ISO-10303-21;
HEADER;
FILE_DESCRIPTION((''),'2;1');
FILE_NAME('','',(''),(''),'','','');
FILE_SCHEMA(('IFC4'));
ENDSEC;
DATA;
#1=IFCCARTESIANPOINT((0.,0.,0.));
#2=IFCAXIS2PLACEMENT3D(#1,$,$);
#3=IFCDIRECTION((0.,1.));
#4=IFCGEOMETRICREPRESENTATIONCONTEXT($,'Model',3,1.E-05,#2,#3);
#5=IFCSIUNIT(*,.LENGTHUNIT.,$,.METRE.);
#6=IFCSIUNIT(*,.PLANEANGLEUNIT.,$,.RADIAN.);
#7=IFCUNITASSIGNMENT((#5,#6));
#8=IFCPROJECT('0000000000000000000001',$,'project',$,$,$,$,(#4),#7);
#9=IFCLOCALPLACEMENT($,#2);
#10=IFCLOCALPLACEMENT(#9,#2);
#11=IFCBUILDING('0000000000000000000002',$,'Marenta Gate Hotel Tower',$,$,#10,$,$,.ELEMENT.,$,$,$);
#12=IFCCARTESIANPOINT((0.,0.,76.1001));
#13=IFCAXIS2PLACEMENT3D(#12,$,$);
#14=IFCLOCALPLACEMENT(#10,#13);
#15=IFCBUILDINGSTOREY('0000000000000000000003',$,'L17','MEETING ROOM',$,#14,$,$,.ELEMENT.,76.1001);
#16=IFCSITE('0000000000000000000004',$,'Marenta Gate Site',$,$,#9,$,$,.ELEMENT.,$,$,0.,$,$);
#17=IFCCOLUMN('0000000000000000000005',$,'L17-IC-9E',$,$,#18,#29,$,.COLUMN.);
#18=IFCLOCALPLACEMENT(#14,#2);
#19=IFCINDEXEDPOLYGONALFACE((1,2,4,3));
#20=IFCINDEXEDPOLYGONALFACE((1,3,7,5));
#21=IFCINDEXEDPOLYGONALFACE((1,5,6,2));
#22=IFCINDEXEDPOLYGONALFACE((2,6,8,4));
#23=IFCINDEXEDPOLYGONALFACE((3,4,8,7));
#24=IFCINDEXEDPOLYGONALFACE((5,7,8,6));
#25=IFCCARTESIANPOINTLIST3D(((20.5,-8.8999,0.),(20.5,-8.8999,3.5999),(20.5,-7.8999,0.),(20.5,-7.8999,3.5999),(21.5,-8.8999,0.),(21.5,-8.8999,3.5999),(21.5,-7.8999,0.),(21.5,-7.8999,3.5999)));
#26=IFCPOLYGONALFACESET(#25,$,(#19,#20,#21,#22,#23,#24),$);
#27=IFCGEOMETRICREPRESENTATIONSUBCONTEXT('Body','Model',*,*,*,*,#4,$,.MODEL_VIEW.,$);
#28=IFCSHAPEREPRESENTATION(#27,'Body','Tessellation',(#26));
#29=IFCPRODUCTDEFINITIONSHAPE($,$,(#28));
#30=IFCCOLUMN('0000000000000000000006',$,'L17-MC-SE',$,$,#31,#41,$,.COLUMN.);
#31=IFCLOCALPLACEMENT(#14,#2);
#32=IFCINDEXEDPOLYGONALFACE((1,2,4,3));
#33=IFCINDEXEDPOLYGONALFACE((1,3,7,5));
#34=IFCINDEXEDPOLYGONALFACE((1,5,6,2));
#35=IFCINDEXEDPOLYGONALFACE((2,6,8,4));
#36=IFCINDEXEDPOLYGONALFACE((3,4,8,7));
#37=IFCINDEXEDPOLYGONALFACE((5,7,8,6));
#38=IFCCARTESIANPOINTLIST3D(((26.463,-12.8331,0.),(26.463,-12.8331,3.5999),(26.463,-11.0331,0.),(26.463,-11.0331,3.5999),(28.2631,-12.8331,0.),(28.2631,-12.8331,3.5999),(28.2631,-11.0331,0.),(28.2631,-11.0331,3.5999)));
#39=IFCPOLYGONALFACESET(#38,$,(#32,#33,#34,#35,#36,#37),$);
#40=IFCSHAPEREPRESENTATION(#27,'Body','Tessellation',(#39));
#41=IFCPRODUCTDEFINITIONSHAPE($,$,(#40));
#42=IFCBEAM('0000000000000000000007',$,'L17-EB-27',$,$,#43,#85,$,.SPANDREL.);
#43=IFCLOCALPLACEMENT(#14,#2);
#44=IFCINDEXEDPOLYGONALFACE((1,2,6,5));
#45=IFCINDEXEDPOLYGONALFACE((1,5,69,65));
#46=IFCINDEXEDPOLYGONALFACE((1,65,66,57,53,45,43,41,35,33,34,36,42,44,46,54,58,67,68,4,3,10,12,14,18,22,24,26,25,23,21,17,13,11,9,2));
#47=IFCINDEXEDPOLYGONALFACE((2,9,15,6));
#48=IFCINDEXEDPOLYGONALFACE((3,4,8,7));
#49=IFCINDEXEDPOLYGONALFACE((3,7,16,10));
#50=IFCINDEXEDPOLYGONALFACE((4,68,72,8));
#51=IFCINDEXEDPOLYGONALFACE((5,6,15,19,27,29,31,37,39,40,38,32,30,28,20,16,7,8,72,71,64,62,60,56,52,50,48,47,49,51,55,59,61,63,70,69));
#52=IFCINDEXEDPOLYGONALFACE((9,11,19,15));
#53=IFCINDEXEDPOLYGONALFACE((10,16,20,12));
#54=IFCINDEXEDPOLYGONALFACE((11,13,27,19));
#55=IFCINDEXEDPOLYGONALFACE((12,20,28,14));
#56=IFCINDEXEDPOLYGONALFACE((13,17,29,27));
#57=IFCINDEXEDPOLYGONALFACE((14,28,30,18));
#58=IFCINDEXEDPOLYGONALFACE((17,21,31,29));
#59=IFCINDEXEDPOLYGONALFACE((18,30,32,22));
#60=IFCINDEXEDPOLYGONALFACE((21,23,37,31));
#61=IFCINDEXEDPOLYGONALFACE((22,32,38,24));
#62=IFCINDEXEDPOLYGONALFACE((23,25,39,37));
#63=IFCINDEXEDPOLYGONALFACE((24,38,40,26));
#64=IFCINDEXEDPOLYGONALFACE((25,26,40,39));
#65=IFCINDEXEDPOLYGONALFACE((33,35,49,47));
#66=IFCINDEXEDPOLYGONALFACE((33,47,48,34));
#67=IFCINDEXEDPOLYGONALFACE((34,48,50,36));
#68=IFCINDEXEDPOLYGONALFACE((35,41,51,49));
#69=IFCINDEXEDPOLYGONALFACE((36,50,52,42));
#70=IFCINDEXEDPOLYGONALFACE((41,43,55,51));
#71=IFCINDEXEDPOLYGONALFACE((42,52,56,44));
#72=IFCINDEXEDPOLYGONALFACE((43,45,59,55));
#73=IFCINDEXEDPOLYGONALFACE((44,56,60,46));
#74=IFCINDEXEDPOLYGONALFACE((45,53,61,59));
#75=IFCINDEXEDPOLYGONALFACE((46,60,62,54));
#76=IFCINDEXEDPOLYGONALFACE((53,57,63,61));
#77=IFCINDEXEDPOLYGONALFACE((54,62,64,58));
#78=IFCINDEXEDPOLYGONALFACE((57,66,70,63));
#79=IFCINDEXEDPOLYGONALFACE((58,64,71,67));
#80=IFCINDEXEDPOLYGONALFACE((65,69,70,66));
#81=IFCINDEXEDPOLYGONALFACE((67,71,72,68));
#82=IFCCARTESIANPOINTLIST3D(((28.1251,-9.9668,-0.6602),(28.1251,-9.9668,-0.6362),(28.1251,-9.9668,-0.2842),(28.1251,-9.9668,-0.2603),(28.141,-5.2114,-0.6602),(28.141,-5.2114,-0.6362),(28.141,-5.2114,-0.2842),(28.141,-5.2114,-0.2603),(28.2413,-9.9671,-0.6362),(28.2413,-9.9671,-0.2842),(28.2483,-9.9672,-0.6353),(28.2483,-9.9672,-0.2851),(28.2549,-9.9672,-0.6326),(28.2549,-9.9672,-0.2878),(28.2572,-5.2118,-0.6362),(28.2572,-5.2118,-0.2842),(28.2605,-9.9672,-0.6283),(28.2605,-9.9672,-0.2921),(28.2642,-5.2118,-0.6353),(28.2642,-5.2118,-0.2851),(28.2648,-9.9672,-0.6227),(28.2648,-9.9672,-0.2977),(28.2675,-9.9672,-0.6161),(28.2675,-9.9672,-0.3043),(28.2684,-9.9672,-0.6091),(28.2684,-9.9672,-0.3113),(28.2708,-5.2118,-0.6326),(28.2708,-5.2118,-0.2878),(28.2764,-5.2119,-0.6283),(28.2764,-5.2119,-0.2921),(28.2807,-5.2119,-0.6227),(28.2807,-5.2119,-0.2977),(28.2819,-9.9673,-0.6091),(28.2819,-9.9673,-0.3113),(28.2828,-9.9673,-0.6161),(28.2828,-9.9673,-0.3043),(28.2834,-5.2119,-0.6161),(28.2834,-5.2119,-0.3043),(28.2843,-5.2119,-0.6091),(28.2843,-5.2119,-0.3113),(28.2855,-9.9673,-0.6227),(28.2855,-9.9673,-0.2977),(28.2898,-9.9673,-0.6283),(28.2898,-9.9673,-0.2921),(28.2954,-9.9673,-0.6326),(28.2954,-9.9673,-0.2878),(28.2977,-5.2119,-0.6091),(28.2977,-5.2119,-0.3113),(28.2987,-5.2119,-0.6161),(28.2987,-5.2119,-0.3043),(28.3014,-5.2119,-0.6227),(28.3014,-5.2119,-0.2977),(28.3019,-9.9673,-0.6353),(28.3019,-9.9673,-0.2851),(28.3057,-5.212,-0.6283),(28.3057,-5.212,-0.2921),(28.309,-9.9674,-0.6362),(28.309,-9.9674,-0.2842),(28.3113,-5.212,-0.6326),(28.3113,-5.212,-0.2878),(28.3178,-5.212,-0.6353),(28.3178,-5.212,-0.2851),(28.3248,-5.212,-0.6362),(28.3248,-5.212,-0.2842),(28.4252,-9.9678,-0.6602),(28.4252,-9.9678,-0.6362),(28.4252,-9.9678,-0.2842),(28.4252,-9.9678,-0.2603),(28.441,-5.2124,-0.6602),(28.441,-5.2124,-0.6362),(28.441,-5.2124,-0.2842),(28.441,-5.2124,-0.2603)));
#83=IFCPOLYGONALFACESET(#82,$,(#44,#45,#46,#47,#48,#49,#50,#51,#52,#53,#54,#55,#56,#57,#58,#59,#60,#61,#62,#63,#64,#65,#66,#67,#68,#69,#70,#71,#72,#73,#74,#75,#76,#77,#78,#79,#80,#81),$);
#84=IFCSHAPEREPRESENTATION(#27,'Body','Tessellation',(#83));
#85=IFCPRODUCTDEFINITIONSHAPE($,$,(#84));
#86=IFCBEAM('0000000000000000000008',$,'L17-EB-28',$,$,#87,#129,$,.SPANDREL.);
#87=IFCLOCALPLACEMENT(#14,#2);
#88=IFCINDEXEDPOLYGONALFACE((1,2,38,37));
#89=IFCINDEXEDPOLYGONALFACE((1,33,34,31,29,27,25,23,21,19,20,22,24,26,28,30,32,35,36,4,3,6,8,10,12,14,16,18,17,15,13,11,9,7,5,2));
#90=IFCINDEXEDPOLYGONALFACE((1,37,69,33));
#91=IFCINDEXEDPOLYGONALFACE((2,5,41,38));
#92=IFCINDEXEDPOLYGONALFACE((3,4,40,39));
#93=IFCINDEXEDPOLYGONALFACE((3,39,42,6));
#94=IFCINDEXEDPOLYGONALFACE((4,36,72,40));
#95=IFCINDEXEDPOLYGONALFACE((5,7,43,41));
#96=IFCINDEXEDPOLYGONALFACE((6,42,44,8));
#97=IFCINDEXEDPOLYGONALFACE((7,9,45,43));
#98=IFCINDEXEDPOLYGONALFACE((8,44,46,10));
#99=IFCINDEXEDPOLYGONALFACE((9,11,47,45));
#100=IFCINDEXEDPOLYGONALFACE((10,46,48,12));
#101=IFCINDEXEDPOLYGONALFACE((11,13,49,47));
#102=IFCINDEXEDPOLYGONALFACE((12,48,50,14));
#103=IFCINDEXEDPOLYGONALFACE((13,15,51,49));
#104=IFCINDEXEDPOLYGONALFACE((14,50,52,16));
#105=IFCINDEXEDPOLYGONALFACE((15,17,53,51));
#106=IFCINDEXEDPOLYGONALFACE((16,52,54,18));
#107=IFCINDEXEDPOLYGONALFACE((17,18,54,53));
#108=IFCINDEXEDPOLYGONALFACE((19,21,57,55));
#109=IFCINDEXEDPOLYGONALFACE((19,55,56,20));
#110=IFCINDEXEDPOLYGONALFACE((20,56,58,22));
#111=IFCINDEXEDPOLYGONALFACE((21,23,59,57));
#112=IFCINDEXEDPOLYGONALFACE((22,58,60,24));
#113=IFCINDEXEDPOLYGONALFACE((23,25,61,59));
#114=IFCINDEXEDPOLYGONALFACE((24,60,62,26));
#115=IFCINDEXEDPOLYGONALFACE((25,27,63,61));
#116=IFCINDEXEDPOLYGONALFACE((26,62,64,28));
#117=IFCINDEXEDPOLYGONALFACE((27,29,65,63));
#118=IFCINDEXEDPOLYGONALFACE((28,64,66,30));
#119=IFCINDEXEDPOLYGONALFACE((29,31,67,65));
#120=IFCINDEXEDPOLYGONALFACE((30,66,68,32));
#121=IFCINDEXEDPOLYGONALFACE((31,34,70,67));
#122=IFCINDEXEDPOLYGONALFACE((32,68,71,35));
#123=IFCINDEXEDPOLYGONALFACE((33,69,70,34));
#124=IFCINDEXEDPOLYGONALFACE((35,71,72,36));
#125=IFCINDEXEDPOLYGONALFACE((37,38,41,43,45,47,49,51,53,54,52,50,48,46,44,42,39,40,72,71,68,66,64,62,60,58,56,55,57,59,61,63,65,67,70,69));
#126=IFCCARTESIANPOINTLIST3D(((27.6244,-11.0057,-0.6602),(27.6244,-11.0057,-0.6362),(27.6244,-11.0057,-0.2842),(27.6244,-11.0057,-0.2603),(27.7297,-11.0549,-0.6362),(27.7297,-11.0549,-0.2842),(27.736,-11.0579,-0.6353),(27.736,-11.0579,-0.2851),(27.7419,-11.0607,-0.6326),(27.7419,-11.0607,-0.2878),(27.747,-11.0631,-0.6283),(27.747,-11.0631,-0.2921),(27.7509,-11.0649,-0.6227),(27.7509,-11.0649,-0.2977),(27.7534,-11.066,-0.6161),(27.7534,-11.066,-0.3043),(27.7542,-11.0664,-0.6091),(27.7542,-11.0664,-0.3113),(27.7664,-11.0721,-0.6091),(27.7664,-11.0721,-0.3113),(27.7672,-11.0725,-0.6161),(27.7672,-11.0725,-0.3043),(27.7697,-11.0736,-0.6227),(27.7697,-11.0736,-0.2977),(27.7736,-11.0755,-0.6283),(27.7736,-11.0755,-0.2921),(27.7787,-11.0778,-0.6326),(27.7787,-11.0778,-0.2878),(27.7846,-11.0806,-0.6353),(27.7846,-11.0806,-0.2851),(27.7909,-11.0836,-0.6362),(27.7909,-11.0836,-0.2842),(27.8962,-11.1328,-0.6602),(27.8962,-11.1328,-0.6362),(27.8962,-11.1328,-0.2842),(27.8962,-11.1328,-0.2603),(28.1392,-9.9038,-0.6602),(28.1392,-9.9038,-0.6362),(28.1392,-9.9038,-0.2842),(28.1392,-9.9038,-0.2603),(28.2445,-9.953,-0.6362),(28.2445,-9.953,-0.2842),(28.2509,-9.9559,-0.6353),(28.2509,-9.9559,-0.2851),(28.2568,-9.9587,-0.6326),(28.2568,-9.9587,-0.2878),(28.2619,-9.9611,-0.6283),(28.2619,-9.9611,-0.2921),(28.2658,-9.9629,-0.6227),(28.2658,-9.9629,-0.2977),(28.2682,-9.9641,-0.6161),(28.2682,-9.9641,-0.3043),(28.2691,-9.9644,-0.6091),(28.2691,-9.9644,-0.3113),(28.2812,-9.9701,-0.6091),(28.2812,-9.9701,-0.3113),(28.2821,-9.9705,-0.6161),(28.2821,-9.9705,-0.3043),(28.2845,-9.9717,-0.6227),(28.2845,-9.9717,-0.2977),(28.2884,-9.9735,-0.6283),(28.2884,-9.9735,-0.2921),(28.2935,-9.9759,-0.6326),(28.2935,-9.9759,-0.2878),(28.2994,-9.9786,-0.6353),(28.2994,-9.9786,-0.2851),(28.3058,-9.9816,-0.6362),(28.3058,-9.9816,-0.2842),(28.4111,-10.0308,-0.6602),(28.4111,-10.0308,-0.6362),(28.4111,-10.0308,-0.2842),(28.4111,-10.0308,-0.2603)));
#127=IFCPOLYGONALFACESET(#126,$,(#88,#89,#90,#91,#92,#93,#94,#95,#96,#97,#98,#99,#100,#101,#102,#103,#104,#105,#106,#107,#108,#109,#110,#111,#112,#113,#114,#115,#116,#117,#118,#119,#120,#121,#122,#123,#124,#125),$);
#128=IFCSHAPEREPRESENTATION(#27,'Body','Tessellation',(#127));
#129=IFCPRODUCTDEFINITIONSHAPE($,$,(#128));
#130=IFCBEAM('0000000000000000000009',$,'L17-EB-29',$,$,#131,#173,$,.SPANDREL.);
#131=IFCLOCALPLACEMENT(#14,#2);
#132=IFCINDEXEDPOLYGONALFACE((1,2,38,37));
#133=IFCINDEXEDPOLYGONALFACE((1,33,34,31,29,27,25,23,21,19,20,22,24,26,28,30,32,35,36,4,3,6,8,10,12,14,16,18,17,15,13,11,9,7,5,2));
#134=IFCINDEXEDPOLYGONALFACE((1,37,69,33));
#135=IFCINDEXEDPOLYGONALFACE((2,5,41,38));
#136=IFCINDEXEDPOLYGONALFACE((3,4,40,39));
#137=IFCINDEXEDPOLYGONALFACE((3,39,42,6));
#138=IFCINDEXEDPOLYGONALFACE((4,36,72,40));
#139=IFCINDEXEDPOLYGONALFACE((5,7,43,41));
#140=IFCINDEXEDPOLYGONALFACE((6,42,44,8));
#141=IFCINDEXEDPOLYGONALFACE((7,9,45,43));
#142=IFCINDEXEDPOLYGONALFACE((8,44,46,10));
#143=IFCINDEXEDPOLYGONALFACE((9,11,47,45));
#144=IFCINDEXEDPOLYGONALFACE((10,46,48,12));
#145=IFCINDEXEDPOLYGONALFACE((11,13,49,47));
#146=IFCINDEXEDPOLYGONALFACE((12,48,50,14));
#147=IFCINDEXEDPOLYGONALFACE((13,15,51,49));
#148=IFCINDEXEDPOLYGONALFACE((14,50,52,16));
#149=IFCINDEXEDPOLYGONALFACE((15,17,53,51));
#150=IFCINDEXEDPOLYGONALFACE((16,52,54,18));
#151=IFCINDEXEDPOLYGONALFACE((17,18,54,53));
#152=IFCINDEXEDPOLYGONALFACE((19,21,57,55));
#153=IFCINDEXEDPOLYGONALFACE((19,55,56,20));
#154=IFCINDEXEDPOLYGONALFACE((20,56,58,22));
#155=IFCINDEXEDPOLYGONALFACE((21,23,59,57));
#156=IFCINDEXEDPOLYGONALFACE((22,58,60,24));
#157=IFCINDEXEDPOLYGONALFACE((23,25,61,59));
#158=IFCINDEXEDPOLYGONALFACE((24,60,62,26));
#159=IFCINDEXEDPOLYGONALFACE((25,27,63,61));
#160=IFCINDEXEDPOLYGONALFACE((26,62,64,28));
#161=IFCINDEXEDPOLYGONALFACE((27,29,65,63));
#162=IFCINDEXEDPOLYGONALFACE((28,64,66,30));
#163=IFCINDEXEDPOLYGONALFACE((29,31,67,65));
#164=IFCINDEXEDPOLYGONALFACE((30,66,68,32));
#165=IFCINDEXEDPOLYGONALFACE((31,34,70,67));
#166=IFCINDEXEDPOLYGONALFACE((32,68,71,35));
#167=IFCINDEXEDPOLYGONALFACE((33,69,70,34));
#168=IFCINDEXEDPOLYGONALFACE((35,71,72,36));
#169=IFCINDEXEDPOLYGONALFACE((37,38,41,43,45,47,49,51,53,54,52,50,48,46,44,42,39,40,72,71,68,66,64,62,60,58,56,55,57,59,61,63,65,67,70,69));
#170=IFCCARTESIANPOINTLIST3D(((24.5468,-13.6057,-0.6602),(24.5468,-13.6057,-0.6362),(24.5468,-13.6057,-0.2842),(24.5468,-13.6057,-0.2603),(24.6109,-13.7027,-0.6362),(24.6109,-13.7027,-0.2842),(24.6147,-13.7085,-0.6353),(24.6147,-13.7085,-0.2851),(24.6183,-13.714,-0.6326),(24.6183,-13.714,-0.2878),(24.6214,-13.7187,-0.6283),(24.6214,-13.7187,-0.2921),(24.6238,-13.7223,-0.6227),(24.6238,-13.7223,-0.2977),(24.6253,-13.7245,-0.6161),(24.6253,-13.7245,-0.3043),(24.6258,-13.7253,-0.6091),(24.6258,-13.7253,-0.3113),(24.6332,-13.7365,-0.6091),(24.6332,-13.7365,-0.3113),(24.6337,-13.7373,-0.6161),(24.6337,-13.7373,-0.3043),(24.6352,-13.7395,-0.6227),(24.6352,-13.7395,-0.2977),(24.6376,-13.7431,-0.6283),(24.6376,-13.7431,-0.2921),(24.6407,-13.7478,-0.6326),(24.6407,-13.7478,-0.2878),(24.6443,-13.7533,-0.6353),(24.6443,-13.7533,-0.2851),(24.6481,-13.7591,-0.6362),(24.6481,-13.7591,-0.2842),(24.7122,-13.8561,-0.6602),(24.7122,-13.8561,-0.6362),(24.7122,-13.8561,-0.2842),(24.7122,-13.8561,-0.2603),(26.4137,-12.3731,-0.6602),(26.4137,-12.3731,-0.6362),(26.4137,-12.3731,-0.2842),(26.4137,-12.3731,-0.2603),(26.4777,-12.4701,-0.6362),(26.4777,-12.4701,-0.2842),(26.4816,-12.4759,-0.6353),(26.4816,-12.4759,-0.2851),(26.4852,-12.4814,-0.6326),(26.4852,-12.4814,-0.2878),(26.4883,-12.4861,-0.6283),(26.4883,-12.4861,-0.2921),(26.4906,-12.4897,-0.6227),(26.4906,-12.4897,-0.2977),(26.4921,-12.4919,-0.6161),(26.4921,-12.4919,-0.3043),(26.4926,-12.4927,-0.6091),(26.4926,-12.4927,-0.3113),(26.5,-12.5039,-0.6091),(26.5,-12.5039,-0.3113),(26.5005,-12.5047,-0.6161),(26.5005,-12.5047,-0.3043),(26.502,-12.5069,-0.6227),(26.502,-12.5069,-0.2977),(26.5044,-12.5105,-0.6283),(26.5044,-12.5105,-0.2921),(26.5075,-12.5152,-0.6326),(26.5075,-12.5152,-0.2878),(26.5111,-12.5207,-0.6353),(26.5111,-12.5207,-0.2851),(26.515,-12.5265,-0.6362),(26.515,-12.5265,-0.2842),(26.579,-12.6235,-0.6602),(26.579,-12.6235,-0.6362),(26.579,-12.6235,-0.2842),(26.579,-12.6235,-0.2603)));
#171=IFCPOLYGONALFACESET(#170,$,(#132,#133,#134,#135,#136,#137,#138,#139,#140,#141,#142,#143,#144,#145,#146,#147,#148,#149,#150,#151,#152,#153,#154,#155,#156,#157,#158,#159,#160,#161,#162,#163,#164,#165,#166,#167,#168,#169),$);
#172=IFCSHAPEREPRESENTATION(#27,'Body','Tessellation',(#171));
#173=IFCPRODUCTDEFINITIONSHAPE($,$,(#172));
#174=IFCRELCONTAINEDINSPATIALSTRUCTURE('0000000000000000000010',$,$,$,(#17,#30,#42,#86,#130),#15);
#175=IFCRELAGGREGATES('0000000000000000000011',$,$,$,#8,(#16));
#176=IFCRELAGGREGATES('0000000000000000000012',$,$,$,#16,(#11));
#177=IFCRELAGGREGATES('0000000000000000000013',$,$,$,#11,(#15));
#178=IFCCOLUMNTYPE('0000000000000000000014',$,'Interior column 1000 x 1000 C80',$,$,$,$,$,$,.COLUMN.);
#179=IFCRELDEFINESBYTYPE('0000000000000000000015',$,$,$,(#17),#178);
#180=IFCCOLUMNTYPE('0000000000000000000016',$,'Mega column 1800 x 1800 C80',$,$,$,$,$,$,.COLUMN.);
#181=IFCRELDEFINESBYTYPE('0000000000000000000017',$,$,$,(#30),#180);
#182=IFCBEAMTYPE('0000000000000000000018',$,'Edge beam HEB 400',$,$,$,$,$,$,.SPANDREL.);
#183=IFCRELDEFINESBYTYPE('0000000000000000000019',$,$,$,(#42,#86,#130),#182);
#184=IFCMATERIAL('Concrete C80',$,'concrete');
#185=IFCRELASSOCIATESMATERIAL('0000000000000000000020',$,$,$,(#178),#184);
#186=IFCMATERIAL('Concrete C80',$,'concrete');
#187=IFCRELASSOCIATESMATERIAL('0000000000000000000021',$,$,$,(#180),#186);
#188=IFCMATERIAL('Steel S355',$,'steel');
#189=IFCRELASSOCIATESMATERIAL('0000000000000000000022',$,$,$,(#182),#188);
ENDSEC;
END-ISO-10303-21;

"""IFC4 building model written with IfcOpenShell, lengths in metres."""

from ifc_helpers import new_model, si_unit, direction, frame, origin, origin_2d, place, context, subcontext, project, spatial, rectangle, i_section, extrude, material, material_profile, profile_set, type_object, element, save


model = new_model("IFC4")

# Units and contexts
model_context = context("Model", 3, precision=1e-05, world=origin(), true_north=direction((0.0, 1.0)))
body_context = subcontext(model_context, "Body", "Model", "MODEL_VIEW")
ifc_project = project(units=[si_unit("LENGTHUNIT", "METRE"), si_unit("PLANEANGLEUNIT", "RADIAN")], contexts=[model_context])

# Site, building, storey
site_placement = place(None, origin())
site = spatial("IfcSite", under=ifc_project, at=site_placement, Name="Marenta Gate Site", CompositionType="ELEMENT", RefElevation=0.0)
building_placement = place(site_placement, origin())
building = spatial("IfcBuilding", under=site, at=building_placement, Name="Marenta Gate Hotel Tower", CompositionType="ELEMENT")
storey_placement = place(building_placement, frame((0.0, 0.0, 76.1001)))
storey = spatial("IfcBuildingStorey", under=building, at=storey_placement, Name="L17", Description="MEETING ROOM", CompositionType="ELEMENT", Elevation=76.1001)

# Columns
ifc_material_1 = material(Name="Concrete C80", Category="concrete")
ifc_material_profile_1 = material_profile(ifc_material_1, rectangle(XDim=1.0, YDim=1.0, at=origin_2d()), Name="1000 x 1000")
ifc_profile_set_1 = profile_set([ifc_material_profile_1], Name="Concrete C80")
column_type_1 = type_object("IfcColumnType", Name="Interior column 1000 x 1000 C80", PredefinedType="COLUMN", material=ifc_profile_set_1)
column_1_placement = place(storey_placement, frame((21.0, -8.3999, 0.0), z_axis=(0.0, 0.0, 1.0), x_axis=(1.0, 0.0, 0.0)))
element("IfcColumn", 1, at=column_1_placement, inside=storey, type_object=column_type_1, Name="L17-IC-9E", PredefinedType="COLUMN", context=body_context, shape_type="SweptSolid", body=[
    extrude(rectangle(XDim=1.0, YDim=1.0, at=origin_2d()), origin(), (0.0, 0.0, 1.0), 3.5999),
])
ifc_material_2 = material(Name="Concrete C80", Category="concrete")
ifc_material_profile_2 = material_profile(ifc_material_2, rectangle(XDim=1.8, YDim=1.8, at=origin_2d()), Name="1800 x 1800")
ifc_profile_set_2 = profile_set([ifc_material_profile_2], Name="Concrete C80")
column_type_2 = type_object("IfcColumnType", Name="Mega column 1800 x 1800 C80", PredefinedType="COLUMN", material=ifc_profile_set_2)
column_2_placement = place(storey_placement, frame((27.363, -11.9331, 0.0), z_axis=(0.0, 0.0, 1.0), x_axis=(1.0, 0.0, 0.0)))
element("IfcColumn", 2, at=column_2_placement, inside=storey, type_object=column_type_2, Name="L17-MC-SE", PredefinedType="COLUMN", context=body_context, shape_type="SweptSolid", body=[
    extrude(rectangle(XDim=1.8, YDim=1.8, at=origin_2d()), origin(), (0.0, 0.0, 1.0), 3.5999),
])

# Beams
ifc_material_3 = material(Name="Steel S355", Category="steel")
ifc_material_profile_3 = material_profile(ifc_material_3, i_section(OverallWidth=0.3, OverallDepth=0.3999, WebThickness=0.0134, FlangeThickness=0.0239, FilletRadius=0.0271, at=origin_2d()), Name="HEB 400")
ifc_profile_set_3 = profile_set([ifc_material_profile_3], Name="Steel S355")
beam_type_1 = type_object("IfcBeamType", Name="Edge beam HEB 400", PredefinedType="SPANDREL", material=ifc_profile_set_3)
beam_1_placement = place(storey_placement, frame((28.291, -5.2119, -0.4602), z_axis=(-0.003337, -0.999994, 0.0), x_axis=(0.999994, -0.003337, 0.0)))
element("IfcBeam", 3, at=beam_1_placement, inside=storey, type_object=beam_type_1, Name="L17-EB-27", PredefinedType="SPANDREL", context=body_context, shape_type="SweptSolid", body=[
    extrude(i_section(OverallWidth=0.3, OverallDepth=0.3999, WebThickness=0.0134, FlangeThickness=0.0239, FilletRadius=0.0271, at=origin_2d()), origin(), (0.0, 0.0, 1.0), 4.7554),
])
beam_2_placement = place(storey_placement, frame((28.2751, -9.9673, -0.4602), z_axis=(-0.423292, -0.905993, 0.0), x_axis=(0.905993, -0.423292, 0.0)))
element("IfcBeam", 4, at=beam_2_placement, inside=storey, type_object=beam_type_1, Name="L17-EB-28", PredefinedType="SPANDREL", context=body_context, shape_type="SweptSolid", body=[
    extrude(i_section(OverallWidth=0.3, OverallDepth=0.3999, WebThickness=0.0134, FlangeThickness=0.0239, FilletRadius=0.0271, at=origin_2d()), origin(), (0.0, 0.0, 1.0), 1.2163),
])
beam_3_placement = place(storey_placement, frame((26.4963, -12.4983, -0.4602), z_axis=(-0.83451, -0.550993, 0.0), x_axis=(0.550993, -0.83451, 0.0)))
element("IfcBeam", 5, at=beam_3_placement, inside=storey, type_object=beam_type_1, Name="L17-EB-29", PredefinedType="SPANDREL", context=body_context, shape_type="SweptSolid", body=[
    extrude(i_section(OverallWidth=0.3, OverallDepth=0.3999, WebThickness=0.0134, FlangeThickness=0.0239, FilletRadius=0.0271, at=origin_2d()), origin(), (0.0, 0.0, 1.0), 2.2371),
])

save(model, "model.ifc")
